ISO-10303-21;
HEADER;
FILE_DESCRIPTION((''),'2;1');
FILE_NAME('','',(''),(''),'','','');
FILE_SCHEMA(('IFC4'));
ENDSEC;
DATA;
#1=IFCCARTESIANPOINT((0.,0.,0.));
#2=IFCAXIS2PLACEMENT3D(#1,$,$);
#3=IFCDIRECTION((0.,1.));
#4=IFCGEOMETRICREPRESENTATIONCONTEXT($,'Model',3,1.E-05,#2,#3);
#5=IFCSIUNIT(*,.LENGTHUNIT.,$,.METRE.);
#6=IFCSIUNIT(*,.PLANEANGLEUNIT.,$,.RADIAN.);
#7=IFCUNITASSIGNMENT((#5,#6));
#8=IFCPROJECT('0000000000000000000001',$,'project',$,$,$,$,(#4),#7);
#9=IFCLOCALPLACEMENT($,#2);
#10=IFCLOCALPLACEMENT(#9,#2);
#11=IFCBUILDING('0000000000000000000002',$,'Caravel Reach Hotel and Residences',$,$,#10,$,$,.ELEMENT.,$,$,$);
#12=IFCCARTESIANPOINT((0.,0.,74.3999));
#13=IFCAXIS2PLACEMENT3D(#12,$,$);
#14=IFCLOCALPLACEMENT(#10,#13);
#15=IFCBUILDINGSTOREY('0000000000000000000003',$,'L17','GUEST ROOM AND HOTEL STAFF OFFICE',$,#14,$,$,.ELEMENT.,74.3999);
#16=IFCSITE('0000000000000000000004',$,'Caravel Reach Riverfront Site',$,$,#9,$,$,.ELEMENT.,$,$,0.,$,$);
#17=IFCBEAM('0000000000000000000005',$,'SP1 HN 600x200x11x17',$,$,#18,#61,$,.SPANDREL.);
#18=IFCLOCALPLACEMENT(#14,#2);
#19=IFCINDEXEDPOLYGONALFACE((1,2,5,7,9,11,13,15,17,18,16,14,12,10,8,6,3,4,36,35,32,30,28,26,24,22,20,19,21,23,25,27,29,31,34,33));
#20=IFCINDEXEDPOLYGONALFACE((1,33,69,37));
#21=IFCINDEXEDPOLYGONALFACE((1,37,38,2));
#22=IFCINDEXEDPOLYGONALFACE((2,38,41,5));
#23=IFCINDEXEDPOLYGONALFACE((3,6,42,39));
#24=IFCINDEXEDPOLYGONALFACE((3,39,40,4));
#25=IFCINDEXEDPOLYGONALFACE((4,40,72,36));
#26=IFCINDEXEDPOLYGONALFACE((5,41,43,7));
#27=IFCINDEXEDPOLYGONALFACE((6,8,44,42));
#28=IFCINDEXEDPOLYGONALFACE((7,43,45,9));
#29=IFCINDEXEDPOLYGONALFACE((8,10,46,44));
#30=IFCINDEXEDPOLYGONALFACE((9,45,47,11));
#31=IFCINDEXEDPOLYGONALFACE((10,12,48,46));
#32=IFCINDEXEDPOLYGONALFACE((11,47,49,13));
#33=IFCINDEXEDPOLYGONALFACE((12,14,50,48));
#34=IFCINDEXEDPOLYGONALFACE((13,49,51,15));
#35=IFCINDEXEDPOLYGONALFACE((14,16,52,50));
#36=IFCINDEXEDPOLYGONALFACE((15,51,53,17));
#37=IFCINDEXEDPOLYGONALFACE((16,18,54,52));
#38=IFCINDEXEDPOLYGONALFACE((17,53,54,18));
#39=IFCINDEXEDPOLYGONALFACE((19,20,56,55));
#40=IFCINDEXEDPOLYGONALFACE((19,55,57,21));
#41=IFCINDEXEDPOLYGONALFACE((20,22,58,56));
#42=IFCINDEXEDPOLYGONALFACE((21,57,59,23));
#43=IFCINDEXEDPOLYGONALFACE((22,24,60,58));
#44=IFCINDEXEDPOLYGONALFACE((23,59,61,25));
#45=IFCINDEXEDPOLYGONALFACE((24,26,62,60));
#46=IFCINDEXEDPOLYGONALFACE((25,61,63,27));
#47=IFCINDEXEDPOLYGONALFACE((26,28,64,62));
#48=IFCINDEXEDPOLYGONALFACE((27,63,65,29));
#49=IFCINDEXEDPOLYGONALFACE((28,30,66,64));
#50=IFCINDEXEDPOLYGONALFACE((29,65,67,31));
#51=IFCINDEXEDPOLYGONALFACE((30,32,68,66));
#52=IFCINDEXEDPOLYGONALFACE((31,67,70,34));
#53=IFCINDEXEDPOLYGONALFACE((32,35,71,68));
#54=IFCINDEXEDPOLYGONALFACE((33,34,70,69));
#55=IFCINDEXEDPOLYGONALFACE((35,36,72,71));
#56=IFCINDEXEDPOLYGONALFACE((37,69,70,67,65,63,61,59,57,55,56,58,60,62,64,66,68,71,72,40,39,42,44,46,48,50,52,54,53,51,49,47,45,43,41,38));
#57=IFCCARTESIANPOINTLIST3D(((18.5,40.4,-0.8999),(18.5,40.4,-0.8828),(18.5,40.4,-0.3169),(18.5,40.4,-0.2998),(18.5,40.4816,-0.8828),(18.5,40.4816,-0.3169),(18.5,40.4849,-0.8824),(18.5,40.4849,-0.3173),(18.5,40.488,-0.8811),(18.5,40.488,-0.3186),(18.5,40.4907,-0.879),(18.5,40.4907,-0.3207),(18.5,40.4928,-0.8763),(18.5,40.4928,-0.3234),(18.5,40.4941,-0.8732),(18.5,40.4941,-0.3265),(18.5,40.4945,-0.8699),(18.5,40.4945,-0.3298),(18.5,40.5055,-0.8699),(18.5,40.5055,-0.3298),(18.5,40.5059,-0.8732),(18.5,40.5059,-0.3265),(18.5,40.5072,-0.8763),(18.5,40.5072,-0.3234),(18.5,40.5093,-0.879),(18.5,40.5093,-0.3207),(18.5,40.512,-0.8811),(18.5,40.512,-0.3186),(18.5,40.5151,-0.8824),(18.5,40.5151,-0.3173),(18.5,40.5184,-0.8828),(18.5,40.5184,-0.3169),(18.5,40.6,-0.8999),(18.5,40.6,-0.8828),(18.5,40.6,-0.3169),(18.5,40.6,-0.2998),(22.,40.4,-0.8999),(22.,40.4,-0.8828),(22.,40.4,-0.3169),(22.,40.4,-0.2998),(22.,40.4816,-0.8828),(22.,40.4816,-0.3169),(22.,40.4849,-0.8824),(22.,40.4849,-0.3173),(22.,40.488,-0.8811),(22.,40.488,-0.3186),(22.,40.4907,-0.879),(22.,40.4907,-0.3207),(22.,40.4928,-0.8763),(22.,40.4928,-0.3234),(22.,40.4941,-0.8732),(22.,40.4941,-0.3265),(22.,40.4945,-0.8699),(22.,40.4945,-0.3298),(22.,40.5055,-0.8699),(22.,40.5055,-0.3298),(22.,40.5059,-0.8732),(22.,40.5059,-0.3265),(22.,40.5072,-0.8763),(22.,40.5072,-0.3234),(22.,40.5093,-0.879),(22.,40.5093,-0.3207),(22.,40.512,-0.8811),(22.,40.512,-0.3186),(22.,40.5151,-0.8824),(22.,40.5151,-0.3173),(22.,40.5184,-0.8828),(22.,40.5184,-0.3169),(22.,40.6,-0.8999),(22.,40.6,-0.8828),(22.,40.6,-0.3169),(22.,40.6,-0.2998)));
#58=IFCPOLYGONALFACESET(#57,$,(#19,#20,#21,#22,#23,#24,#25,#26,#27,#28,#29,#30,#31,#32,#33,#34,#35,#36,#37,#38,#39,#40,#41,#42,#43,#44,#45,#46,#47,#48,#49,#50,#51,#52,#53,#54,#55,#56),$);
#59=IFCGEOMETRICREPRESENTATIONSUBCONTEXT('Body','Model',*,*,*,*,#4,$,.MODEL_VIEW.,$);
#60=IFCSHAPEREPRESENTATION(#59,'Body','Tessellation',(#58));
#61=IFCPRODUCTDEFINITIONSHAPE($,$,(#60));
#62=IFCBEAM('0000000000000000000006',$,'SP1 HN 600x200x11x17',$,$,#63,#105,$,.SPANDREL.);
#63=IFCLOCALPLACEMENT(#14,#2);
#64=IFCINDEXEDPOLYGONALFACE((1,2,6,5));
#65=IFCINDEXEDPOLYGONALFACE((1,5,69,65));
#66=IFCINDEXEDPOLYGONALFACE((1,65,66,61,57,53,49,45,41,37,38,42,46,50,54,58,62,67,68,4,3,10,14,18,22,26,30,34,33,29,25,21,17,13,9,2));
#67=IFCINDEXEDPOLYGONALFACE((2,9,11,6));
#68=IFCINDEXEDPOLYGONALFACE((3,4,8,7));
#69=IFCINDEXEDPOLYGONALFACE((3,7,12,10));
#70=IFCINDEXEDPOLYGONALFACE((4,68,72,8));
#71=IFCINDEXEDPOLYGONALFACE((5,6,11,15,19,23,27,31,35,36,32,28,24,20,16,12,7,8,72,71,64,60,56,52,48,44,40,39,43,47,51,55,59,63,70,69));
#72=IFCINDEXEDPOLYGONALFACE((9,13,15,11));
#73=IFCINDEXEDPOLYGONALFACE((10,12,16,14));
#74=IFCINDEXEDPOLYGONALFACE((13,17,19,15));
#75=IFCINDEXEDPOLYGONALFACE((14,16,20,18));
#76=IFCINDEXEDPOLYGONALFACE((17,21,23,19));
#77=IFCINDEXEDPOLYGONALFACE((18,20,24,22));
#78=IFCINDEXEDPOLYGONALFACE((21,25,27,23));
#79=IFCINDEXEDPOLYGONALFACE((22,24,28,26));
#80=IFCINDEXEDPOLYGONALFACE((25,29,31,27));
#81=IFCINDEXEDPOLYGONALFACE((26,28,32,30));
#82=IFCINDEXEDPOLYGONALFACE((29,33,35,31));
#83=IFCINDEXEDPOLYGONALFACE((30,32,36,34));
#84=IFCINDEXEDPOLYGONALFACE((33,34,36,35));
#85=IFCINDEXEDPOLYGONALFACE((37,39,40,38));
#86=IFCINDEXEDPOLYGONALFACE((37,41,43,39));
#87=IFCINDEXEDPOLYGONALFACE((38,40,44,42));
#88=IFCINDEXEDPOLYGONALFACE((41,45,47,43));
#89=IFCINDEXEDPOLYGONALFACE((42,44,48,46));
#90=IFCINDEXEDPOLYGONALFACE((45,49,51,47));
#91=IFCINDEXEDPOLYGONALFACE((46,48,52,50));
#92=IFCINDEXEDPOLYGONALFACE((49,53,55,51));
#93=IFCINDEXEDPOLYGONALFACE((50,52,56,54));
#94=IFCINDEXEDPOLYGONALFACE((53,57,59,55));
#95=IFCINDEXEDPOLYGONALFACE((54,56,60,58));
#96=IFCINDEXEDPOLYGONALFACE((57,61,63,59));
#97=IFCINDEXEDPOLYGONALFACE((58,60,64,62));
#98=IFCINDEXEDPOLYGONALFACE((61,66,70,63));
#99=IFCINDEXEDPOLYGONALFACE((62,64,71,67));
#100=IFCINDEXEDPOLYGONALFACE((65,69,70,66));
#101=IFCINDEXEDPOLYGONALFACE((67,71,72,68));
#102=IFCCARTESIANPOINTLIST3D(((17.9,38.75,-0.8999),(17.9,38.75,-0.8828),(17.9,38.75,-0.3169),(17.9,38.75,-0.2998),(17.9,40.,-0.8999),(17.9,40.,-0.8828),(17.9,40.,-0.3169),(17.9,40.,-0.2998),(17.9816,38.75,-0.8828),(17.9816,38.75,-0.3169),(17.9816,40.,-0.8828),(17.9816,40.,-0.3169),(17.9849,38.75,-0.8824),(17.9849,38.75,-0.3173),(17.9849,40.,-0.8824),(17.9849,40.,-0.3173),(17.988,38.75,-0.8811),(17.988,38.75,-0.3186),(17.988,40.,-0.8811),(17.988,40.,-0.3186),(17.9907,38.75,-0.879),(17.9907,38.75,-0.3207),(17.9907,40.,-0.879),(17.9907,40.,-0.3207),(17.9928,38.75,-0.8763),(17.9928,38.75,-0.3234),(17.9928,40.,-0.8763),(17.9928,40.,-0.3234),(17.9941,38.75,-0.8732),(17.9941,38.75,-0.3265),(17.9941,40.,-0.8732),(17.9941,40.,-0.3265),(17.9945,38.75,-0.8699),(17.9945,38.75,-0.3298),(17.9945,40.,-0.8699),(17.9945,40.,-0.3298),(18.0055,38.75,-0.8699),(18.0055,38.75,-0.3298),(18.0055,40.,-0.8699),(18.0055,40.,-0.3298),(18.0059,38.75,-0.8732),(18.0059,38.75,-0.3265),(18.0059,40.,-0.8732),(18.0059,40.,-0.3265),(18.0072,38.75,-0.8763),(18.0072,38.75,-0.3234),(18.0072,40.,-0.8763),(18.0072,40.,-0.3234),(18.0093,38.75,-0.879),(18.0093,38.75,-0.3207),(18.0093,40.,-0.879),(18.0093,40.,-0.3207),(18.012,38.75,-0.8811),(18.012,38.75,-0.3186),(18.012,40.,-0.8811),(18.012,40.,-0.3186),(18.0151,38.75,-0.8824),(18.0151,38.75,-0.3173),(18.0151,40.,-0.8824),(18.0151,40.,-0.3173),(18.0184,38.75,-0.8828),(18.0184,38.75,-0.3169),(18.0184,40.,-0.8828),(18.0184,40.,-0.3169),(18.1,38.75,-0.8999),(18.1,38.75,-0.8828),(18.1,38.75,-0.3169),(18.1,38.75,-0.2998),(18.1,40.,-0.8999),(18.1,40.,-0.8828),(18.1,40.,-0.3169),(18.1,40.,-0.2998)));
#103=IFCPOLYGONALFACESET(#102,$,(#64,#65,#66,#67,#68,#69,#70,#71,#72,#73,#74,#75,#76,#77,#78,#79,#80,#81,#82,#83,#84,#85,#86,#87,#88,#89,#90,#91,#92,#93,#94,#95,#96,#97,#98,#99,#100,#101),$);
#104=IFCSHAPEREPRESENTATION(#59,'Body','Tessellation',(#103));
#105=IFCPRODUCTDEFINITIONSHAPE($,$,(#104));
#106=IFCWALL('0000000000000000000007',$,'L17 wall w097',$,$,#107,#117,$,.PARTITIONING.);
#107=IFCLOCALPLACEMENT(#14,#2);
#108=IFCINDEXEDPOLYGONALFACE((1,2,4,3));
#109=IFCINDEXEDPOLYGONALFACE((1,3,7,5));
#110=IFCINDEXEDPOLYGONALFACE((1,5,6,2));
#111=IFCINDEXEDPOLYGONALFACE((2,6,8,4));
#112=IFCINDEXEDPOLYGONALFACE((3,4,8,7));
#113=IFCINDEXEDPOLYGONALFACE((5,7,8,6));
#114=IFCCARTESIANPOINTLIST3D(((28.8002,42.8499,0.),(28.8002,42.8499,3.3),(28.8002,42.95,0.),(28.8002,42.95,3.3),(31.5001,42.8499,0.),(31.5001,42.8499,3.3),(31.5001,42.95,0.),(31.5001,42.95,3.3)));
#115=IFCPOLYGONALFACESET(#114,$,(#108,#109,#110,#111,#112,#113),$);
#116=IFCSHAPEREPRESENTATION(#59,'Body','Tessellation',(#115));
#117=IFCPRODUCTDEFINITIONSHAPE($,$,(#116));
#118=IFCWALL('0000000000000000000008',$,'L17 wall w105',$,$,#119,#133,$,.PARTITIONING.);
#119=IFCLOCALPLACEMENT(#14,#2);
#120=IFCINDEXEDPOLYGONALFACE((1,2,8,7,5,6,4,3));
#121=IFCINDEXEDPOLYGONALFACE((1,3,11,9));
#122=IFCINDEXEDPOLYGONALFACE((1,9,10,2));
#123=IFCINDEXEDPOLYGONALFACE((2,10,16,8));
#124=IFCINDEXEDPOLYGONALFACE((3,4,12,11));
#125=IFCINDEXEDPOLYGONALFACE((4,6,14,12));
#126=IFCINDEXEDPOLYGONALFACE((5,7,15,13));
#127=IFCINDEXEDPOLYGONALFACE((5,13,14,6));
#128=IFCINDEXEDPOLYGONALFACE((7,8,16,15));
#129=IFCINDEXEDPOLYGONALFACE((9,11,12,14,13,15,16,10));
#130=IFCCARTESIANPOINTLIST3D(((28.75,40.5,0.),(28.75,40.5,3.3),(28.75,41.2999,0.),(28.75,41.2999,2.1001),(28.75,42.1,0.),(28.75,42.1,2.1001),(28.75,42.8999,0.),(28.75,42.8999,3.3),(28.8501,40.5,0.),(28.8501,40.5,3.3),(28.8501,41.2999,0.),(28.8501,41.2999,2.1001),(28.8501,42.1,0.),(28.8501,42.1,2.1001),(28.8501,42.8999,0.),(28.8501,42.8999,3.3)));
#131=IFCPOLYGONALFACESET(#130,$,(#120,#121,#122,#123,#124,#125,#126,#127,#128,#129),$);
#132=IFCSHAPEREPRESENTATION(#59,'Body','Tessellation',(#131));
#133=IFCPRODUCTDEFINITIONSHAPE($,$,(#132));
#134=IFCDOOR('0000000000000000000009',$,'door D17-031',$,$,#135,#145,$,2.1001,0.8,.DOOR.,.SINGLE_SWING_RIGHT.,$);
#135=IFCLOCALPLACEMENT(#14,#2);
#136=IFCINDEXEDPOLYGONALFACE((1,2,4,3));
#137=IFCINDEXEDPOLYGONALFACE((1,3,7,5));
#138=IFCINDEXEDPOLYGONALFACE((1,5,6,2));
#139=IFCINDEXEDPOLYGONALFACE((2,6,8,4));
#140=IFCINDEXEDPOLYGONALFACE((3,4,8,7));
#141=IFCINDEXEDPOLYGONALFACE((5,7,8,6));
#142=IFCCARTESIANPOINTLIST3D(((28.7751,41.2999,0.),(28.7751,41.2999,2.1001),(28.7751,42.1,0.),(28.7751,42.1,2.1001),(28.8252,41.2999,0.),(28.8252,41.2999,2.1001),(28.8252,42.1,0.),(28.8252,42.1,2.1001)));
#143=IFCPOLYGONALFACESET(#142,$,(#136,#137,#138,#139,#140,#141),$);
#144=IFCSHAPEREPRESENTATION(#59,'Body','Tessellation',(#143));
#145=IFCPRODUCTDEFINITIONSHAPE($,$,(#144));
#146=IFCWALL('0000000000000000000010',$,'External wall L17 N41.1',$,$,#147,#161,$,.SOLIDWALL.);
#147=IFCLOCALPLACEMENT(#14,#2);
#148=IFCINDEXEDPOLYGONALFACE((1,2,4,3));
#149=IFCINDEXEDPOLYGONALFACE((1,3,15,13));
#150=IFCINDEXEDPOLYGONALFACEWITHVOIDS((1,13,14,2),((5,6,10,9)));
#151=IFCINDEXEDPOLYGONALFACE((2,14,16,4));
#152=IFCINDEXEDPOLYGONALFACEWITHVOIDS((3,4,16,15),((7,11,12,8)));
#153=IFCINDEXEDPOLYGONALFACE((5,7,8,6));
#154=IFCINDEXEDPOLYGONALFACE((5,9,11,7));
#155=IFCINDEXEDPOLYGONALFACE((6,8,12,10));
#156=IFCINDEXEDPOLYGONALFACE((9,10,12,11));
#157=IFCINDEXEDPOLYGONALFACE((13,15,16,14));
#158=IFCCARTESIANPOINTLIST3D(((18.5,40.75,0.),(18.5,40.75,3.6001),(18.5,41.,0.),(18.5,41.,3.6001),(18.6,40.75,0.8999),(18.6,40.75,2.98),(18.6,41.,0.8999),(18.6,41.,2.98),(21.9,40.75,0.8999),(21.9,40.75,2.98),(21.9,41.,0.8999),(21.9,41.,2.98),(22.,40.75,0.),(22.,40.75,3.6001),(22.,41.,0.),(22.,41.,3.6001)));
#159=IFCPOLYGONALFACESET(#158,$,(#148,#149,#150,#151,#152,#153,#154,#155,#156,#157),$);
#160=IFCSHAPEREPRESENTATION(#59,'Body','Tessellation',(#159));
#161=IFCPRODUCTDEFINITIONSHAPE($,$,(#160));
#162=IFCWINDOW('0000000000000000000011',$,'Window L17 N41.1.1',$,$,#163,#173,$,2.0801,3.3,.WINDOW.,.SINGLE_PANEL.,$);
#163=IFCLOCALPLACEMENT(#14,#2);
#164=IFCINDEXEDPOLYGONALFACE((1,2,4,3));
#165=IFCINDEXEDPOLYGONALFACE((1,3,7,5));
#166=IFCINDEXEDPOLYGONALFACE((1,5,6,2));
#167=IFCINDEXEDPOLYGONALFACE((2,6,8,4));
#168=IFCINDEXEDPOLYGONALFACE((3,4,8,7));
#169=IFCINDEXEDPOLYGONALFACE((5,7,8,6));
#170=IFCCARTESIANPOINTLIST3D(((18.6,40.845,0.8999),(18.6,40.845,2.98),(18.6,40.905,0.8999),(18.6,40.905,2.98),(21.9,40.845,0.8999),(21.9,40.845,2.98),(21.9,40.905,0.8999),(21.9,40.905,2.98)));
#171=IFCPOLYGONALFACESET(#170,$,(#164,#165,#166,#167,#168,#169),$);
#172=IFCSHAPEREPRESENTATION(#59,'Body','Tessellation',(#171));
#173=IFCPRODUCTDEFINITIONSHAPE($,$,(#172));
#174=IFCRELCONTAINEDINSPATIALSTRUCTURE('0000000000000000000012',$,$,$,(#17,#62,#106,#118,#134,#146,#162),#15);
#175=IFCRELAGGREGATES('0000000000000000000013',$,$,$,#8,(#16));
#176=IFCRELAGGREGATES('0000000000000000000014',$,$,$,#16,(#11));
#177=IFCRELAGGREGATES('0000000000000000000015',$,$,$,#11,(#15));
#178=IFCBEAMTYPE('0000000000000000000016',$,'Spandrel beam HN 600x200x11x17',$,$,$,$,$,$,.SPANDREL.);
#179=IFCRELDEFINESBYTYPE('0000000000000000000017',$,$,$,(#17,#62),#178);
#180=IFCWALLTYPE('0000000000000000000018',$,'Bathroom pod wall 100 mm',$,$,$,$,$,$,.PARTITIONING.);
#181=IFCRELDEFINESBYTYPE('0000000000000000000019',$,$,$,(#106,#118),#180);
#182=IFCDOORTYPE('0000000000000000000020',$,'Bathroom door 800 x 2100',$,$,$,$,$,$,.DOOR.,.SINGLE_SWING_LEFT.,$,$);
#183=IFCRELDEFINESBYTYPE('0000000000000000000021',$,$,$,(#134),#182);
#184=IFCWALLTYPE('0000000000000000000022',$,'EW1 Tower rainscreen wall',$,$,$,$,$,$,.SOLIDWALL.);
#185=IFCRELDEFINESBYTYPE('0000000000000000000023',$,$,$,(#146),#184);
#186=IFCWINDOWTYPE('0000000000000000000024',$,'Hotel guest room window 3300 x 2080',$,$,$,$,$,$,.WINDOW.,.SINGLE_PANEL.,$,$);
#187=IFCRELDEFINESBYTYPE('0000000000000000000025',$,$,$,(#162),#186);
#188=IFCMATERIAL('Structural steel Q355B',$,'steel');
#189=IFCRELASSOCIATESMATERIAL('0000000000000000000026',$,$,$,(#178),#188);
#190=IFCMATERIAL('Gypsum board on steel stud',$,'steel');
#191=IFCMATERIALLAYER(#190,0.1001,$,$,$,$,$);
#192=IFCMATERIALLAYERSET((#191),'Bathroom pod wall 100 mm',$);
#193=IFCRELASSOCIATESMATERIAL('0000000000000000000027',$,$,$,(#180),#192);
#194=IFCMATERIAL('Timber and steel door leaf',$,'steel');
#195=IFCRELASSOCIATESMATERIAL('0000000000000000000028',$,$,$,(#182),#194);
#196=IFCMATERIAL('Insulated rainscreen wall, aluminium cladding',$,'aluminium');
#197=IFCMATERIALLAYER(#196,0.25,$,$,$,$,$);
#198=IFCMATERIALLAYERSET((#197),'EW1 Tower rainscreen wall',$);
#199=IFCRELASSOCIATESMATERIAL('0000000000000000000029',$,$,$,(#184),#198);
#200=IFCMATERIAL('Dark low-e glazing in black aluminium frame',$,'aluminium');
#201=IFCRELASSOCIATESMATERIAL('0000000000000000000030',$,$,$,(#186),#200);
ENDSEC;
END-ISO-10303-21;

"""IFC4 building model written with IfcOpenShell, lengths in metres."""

from ifc_helpers import new_model, si_unit, direction, frame, frame_2d, origin, origin_2d, place, context, subcontext, project, spatial, rectangle, i_section, extrude, material, layer, layer_set, material_profile, profile_set, type_object, element, fill, save


model = new_model("IFC4")

# Units and contexts
model_context = context("Model", 3, precision=1e-05, world=origin(), true_north=direction((0.0, 1.0)))
body_context = subcontext(model_context, "Body", "Model", "MODEL_VIEW")
ifc_project = project(units=[si_unit("LENGTHUNIT", "METRE"), si_unit("PLANEANGLEUNIT", "RADIAN")], contexts=[model_context])

# Site, building, storey
site_placement = place(None, origin())
site = spatial("IfcSite", under=ifc_project, at=site_placement, Name="Caravel Reach Riverfront Site", CompositionType="ELEMENT", RefElevation=0.0)
building_placement = place(site_placement, origin())
building = spatial("IfcBuilding", under=site, at=building_placement, Name="Caravel Reach Hotel and Residences", CompositionType="ELEMENT")
storey_placement = place(building_placement, frame((0.0, 0.0, 74.3999)))
storey = spatial("IfcBuildingStorey", under=building, at=storey_placement, Name="L17", Description="GUEST ROOM AND HOTEL STAFF OFFICE", CompositionType="ELEMENT", Elevation=74.3999)

# Beams
ifc_material_1 = material(Name="Structural steel Q355B", Category="steel")
ifc_material_profile_1 = material_profile(ifc_material_1, i_section(OverallWidth=0.2, OverallDepth=0.6001, WebThickness=0.011, FlangeThickness=0.0171, FilletRadius=0.0129, at=origin_2d()), Name="HN 600x200x11x17")
ifc_profile_set_1 = profile_set([ifc_material_profile_1], Name="Structural steel Q355B")
beam_type_1 = type_object("IfcBeamType", Name="Spandrel beam HN 600x200x11x17", PredefinedType="SPANDREL", material=ifc_profile_set_1)
beam_1_placement = place(storey_placement, frame((22.0, 40.5, -0.5999), z_axis=(-1.0, 0.0, 0.0), x_axis=(0.0, -1.0, 0.0)))
element("IfcBeam", 1, at=beam_1_placement, inside=storey, type_object=beam_type_1, Name="SP1 HN 600x200x11x17", PredefinedType="SPANDREL", context=body_context, shape_type="SweptSolid", body=[
    extrude(i_section(OverallWidth=0.2, OverallDepth=0.6001, WebThickness=0.011, FlangeThickness=0.0171, FilletRadius=0.0129, at=origin_2d()), origin(), (0.0, 0.0, 1.0), 3.5),
])
beam_2_placement = place(storey_placement, frame((18.0, 40.0, -0.5999), z_axis=(0.0, -1.0, 0.0), x_axis=(1.0, 0.0, 0.0)))
element("IfcBeam", 2, at=beam_2_placement, inside=storey, type_object=beam_type_1, Name="SP1 HN 600x200x11x17", PredefinedType="SPANDREL", context=body_context, shape_type="SweptSolid", body=[
    extrude(i_section(OverallWidth=0.2, OverallDepth=0.6001, WebThickness=0.011, FlangeThickness=0.0171, FilletRadius=0.0129, at=origin_2d()), origin(), (0.0, 0.0, 1.0), 1.25),
])

# Wall
ifc_material_2 = material(Name="Gypsum board on steel stud", Category="steel")
ifc_layer_1 = layer(ifc_material_2, 0.1001)
ifc_layer_set_1 = layer_set([ifc_layer_1], Name="Bathroom pod wall 100 mm")
wall_type_1 = type_object("IfcWallType", Name="Bathroom pod wall 100 mm", PredefinedType="PARTITIONING", material=ifc_layer_set_1)
wall_1_placement = place(storey_placement, frame((28.8, 42.8999, 0.0), z_axis=(0.0, 0.0, 1.0), x_axis=(1.0, 0.0, 0.0)))
element("IfcWall", 3, at=wall_1_placement, inside=storey, type_object=wall_type_1, Name="L17 wall w097", PredefinedType="PARTITIONING", context=body_context, shape_type="SweptSolid", body=[
    extrude(rectangle(XDim=2.7, YDim=0.1001, at=frame_2d((1.3501, 0.0))), origin(), (0.0, 0.0, 1.0), 3.3),
])

# Wall, opening, door
wall_2_placement = place(storey_placement, frame((28.8, 40.5, 0.0), z_axis=(0.0, 0.0, 1.0), x_axis=(0.0, 1.0, 0.0)))
wall_2 = element("IfcWall", 4, at=wall_2_placement, inside=storey, type_object=wall_type_1, Name="L17 wall w105", PredefinedType="PARTITIONING", context=body_context, shape_type="SweptSolid", body=[
    extrude(rectangle(XDim=2.3999, YDim=0.1001, at=frame_2d((1.2, 0.0))), origin(), (0.0, 0.0, 1.0), 3.3),
])
opening_1_placement = place(wall_2_placement, frame((0.8, 0.0, 0.0)))
opening_1 = element("IfcOpeningElement", 5, at=opening_1_placement, cuts=wall_2, PredefinedType="OPENING", context=body_context, shape_type="SweptSolid", body=[
    extrude(rectangle(XDim=0.8, YDim=2.1001, at=frame_2d((0.3999, 1.05))), frame((0.0, 0.0601, 0.0), z_axis=(0.0, -1.0, 0.0), x_axis=(1.0, 0.0, 0.0)), (0.0, 0.0, 1.0), 0.1201),
])
ifc_material_3 = material(Name="Timber and steel door leaf", Category="steel")
door_type = type_object("IfcDoorType", Name="Bathroom door 800 x 2100", OperationType="SINGLE_SWING_LEFT", PredefinedType="DOOR", material=ifc_material_3)
door_placement = place(opening_1_placement, origin())
door = element("IfcDoor", 6, at=door_placement, inside=storey, type_object=door_type, Name="door D17-031", OperationType="SINGLE_SWING_RIGHT", OverallHeight=2.1001, OverallWidth=0.8, PredefinedType="DOOR", context=body_context, shape_type="SweptSolid", body=[
    extrude(rectangle(XDim=0.8, YDim=2.1001, at=frame_2d((0.3999, 1.05))), frame((0.0, 0.0249, 0.0), z_axis=(0.0, -1.0, 0.0), x_axis=(1.0, 0.0, 0.0)), (0.0, 0.0, 1.0), 0.05),
])
fill(opening_1, door)

# Wall, opening, window
ifc_material_4 = material(Name="Insulated rainscreen wall, aluminium cladding", Category="aluminium")
ifc_layer_2 = layer(ifc_material_4, 0.25)
ifc_layer_set_2 = layer_set([ifc_layer_2], Name="EW1 Tower rainscreen wall")
wall_type_2 = type_object("IfcWallType", Name="EW1 Tower rainscreen wall", PredefinedType="SOLIDWALL", material=ifc_layer_set_2)
wall_3_placement = place(storey_placement, frame((22.0, 40.875, 0.0), z_axis=(0.0, 0.0, 1.0), x_axis=(-1.0, 0.0, 0.0)))
wall_3 = element("IfcWall", 7, at=wall_3_placement, inside=storey, type_object=wall_type_2, Name="External wall L17 N41.1", PredefinedType="SOLIDWALL", context=body_context, shape_type="SweptSolid", body=[
    extrude(rectangle(XDim=3.5, YDim=0.25, at=frame_2d((1.75, 0.0))), origin(), (0.0, 0.0, 1.0), 3.6001),
])
opening_2_placement = place(wall_3_placement, frame((0.1001, 0.0, 0.8999)))
opening_2 = element("IfcOpeningElement", 8, at=opening_2_placement, cuts=wall_3, PredefinedType="OPENING", context=body_context, shape_type="SweptSolid", body=[
    extrude(rectangle(XDim=3.3, YDim=2.0801, at=frame_2d((1.6499, 1.04))), frame((0.0, 0.135, 0.0), z_axis=(0.0, -1.0, 0.0), x_axis=(1.0, 0.0, 0.0)), (0.0, 0.0, 1.0), 0.27),
])
ifc_material_5 = material(Name="Dark low-e glazing in black aluminium frame", Category="aluminium")
window_type_1 = type_object("IfcWindowType", Name="Hotel guest room window 3300 x 2080", PartitioningType="SINGLE_PANEL", PredefinedType="WINDOW", material=ifc_material_5)
window_1_placement = place(opening_2_placement, origin())
window_1 = element("IfcWindow", 9, at=window_1_placement, inside=storey, type_object=window_type_1, Name="Window L17 N41.1.1", OverallHeight=2.0801, OverallWidth=3.3, PartitioningType="SINGLE_PANEL", PredefinedType="WINDOW", context=body_context, shape_type="SweptSolid", body=[
    extrude(rectangle(XDim=3.3, YDim=2.0801, at=frame_2d((1.6499, 1.04))), frame((0.0, 0.03, 0.0), z_axis=(0.0, -1.0, 0.0), x_axis=(1.0, 0.0, 0.0)), (0.0, 0.0, 1.0), 0.0601),
])
fill(opening_2, window_1)

save(model, "model.ifc")
